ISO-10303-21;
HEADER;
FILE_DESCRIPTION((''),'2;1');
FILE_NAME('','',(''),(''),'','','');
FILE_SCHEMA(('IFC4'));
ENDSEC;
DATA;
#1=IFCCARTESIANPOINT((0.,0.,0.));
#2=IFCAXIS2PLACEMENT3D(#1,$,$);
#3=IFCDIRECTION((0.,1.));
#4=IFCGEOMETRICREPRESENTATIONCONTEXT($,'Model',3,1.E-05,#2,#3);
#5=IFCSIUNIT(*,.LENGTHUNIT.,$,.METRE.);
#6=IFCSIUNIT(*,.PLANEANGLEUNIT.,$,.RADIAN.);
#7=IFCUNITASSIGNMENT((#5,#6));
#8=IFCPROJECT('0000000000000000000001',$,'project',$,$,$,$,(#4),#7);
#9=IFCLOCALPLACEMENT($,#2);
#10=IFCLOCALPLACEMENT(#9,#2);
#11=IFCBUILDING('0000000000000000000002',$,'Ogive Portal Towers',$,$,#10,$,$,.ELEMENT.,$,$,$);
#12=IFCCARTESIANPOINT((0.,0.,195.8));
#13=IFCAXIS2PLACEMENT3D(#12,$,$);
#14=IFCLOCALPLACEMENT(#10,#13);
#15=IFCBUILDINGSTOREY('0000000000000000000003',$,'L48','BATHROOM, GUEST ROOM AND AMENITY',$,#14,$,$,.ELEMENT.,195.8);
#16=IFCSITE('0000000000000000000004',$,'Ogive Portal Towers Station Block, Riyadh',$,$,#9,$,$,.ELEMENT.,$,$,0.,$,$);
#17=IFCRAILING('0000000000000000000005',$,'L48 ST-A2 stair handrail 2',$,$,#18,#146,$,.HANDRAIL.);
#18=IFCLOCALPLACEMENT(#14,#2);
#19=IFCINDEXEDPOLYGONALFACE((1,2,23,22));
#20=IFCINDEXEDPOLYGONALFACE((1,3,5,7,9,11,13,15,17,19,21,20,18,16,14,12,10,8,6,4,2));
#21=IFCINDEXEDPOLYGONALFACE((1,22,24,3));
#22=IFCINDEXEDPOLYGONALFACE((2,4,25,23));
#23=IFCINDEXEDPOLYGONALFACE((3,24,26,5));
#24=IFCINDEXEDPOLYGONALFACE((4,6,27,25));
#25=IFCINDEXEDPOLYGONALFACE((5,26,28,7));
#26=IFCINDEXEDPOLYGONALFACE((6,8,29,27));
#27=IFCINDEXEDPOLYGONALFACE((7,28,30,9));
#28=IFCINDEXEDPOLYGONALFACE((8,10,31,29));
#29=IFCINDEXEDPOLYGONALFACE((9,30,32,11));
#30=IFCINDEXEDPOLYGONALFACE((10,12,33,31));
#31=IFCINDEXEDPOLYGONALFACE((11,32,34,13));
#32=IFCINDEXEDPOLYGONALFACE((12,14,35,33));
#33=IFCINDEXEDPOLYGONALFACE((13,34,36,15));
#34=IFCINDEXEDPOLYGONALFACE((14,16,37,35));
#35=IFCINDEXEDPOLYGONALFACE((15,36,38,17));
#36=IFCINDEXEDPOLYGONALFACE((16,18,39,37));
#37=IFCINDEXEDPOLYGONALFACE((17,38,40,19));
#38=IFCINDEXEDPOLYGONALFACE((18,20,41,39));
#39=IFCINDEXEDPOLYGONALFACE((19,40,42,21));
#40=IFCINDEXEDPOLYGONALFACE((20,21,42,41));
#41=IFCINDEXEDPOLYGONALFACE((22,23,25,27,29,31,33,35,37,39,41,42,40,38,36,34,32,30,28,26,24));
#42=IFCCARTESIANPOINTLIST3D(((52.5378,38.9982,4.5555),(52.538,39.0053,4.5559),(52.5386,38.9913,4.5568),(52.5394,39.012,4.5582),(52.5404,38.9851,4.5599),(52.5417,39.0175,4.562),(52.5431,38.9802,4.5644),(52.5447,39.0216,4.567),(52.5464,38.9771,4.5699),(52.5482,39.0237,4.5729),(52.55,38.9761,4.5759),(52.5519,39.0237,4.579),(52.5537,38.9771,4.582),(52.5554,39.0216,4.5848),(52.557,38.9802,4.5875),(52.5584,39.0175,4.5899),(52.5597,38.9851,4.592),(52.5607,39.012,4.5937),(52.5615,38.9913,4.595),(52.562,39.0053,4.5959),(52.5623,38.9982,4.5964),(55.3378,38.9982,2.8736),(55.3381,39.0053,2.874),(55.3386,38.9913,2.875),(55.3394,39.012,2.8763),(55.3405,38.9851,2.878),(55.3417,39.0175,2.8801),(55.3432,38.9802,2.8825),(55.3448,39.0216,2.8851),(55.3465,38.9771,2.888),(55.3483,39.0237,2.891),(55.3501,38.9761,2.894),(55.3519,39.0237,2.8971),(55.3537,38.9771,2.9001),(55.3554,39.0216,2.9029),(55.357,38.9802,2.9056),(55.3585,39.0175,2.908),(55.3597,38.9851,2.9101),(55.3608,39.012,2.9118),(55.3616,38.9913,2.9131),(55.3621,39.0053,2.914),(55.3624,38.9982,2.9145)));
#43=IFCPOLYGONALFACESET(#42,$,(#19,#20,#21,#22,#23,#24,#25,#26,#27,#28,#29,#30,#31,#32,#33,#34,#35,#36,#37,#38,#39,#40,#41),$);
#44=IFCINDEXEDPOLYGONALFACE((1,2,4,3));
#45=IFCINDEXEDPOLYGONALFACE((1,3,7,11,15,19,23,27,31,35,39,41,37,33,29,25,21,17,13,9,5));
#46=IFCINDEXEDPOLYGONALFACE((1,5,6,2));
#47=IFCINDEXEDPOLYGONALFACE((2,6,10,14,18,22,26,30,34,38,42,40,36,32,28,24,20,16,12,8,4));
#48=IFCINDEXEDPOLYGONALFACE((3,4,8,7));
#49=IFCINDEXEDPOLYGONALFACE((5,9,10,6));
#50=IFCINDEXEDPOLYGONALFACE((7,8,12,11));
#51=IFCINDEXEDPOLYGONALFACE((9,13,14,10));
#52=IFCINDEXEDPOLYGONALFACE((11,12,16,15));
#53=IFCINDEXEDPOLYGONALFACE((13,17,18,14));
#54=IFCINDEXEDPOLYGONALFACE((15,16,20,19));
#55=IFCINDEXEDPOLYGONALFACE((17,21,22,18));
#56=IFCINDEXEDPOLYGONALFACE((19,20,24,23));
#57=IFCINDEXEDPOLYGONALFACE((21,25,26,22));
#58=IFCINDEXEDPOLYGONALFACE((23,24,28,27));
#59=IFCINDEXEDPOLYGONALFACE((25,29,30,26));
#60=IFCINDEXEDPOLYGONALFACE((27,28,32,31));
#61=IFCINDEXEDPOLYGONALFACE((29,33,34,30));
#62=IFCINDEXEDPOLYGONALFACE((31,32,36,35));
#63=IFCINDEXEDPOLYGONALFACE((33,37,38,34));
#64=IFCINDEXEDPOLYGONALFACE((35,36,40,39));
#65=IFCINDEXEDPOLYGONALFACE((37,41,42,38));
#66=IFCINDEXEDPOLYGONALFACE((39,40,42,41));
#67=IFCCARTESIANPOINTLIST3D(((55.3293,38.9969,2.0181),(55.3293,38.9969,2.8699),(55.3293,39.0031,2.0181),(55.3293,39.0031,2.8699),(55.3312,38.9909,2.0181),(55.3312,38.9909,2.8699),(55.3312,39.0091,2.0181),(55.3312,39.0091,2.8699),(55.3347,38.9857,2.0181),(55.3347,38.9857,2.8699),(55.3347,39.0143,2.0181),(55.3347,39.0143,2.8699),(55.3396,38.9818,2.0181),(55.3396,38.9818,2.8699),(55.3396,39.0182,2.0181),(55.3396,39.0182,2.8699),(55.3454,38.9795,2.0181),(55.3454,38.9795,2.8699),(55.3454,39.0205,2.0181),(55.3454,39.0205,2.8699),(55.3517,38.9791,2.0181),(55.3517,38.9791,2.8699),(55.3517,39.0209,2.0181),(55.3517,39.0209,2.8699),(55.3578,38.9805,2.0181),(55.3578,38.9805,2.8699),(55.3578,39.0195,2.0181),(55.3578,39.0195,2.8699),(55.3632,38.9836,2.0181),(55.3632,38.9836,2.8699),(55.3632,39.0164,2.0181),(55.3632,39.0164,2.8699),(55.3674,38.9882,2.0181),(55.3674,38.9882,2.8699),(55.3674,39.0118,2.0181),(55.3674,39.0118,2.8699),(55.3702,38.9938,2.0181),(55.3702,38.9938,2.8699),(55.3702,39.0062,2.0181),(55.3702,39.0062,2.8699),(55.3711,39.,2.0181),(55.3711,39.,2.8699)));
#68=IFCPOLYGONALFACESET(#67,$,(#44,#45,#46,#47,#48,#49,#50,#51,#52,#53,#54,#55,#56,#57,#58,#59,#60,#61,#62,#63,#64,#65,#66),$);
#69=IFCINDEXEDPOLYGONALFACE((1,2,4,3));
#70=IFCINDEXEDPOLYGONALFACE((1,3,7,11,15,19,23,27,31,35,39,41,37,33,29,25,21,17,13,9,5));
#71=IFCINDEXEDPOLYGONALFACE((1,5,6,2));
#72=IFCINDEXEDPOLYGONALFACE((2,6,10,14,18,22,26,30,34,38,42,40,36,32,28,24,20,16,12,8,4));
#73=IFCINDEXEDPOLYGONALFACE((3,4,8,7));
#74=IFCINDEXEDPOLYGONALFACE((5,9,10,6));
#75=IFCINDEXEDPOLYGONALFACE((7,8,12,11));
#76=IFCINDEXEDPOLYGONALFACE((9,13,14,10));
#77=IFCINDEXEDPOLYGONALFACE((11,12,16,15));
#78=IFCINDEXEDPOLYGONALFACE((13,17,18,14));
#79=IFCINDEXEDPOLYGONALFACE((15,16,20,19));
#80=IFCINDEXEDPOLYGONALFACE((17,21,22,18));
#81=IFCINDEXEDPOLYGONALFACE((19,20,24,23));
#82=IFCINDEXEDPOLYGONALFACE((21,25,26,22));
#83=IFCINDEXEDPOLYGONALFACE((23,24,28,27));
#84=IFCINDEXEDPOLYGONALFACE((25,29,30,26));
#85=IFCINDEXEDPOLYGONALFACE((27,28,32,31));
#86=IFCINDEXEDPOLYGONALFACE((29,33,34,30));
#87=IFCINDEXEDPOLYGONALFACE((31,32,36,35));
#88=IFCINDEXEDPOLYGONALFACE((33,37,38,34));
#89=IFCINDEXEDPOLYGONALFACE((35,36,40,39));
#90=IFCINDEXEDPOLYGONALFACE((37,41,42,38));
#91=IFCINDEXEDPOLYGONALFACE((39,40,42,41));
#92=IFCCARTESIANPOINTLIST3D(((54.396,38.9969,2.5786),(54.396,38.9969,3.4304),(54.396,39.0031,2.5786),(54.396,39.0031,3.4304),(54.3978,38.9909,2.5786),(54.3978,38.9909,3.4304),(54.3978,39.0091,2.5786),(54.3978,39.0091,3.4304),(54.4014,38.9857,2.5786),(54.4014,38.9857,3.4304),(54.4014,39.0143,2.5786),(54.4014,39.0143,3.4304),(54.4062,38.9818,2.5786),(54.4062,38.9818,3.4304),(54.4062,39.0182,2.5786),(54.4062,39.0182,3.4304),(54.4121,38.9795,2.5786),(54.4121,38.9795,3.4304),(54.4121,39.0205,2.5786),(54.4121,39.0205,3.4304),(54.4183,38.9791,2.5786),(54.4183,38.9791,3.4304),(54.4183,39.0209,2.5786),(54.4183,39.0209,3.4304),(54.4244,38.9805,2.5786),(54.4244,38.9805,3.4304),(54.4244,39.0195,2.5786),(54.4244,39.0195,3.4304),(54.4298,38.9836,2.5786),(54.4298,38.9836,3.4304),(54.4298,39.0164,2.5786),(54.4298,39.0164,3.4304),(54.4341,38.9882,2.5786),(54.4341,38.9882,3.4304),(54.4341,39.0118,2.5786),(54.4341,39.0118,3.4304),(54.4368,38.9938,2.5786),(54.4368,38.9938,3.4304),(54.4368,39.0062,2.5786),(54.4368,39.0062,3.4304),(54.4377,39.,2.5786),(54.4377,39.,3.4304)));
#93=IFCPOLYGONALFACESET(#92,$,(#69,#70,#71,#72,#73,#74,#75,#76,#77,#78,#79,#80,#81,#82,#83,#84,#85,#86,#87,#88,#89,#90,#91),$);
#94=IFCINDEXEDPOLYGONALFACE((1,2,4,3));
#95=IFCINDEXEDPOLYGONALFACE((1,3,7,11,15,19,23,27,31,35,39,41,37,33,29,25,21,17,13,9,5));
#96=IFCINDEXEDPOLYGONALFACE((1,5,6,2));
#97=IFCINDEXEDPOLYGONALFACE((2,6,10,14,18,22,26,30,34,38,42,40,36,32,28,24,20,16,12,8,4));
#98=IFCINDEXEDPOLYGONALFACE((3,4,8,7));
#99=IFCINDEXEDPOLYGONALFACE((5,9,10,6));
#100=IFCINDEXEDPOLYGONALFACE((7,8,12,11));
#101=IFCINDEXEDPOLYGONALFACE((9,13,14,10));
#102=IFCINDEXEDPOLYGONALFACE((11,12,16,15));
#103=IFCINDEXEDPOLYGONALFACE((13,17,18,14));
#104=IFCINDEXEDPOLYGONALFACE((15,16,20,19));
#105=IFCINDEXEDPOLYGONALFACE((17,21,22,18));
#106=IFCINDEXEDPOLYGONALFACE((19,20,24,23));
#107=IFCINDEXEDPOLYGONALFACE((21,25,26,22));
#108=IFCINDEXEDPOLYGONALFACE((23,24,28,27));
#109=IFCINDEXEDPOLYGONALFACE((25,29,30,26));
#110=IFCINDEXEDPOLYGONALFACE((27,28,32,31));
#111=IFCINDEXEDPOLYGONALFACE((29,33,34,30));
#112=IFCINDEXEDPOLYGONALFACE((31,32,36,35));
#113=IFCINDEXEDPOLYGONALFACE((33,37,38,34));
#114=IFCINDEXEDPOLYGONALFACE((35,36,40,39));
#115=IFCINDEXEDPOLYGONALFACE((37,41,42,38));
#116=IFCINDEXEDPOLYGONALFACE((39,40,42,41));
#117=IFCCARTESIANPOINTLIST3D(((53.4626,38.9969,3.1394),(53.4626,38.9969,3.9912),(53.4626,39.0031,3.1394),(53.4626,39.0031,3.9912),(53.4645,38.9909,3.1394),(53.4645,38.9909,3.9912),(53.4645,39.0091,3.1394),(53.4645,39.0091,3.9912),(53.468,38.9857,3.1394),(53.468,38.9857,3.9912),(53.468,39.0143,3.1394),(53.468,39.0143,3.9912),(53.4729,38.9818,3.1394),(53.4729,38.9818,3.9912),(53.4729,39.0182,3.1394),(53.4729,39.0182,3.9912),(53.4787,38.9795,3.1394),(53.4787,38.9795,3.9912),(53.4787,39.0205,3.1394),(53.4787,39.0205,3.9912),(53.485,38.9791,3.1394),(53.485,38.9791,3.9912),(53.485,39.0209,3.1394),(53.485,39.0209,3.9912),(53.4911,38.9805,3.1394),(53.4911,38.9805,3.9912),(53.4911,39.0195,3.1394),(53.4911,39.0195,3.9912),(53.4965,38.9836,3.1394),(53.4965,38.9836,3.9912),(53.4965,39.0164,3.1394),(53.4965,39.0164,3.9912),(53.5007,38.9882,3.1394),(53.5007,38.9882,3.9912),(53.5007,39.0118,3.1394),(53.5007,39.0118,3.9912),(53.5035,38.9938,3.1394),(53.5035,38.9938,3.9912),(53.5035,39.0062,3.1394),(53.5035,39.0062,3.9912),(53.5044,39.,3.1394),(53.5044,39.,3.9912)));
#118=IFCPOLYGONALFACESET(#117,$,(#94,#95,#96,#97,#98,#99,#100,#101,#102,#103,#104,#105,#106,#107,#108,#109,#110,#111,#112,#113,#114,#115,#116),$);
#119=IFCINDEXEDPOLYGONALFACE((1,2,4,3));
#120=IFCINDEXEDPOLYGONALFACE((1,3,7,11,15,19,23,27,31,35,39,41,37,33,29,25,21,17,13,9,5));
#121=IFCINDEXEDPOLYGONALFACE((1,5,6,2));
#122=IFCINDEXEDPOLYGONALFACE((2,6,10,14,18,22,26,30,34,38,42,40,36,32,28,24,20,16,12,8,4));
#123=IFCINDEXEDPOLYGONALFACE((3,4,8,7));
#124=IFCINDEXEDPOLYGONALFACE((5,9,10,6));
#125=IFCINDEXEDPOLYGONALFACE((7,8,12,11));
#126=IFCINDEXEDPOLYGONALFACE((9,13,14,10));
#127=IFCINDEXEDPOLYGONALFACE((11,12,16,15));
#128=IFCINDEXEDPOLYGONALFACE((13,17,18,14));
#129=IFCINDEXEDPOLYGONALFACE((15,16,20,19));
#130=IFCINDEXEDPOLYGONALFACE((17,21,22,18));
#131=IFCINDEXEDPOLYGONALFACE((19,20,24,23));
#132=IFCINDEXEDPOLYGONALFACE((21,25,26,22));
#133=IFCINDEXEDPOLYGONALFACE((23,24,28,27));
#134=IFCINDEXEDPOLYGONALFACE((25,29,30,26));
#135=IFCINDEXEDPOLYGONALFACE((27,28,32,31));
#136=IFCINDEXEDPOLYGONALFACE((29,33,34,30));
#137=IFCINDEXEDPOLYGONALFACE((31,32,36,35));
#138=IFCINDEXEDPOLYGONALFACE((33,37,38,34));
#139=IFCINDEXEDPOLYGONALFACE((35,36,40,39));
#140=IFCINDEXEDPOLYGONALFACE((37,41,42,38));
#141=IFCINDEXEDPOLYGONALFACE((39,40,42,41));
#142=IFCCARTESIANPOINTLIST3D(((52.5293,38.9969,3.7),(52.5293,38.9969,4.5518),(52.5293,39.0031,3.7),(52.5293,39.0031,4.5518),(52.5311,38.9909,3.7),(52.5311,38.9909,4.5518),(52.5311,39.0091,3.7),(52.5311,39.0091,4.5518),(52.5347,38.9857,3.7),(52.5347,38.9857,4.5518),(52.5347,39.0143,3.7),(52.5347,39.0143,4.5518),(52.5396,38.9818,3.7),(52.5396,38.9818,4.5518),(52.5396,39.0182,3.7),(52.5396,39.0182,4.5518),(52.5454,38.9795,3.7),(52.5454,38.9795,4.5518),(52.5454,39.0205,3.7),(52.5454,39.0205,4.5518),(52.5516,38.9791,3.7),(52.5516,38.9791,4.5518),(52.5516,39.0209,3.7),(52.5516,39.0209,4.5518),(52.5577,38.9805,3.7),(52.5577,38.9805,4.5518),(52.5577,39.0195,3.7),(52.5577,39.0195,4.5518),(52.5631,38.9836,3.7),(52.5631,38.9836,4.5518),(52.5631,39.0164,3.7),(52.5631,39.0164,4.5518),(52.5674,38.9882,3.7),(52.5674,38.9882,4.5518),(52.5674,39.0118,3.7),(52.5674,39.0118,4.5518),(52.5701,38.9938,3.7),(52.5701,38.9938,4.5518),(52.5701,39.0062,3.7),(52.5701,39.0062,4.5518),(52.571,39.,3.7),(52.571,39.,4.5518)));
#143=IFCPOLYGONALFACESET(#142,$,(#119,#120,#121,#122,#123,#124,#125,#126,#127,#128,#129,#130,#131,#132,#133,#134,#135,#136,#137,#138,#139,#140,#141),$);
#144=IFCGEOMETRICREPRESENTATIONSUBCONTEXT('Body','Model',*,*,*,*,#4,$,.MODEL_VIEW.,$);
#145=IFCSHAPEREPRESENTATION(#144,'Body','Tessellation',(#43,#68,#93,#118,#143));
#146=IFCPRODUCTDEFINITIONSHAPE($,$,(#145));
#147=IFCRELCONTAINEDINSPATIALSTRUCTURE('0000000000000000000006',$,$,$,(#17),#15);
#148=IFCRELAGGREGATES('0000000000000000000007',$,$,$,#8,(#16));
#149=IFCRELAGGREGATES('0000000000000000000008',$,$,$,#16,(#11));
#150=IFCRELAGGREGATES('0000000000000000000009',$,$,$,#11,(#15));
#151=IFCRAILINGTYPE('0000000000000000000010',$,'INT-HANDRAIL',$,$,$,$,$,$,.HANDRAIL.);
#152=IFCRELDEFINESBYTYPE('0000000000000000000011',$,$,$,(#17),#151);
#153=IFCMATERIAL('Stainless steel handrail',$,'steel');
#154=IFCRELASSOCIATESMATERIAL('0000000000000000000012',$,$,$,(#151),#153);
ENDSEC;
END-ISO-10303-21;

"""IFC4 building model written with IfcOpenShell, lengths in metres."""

from ifc_helpers import new_model, si_unit, direction, frame, origin, origin_2d, place, context, subcontext, project, spatial, circle, extrude, material, type_object, element, save


model = new_model("IFC4")

# Units and contexts
model_context = context("Model", 3, precision=1e-05, world=origin(), true_north=direction((0.0, 1.0)))
body_context = subcontext(model_context, "Body", "Model", "MODEL_VIEW")
ifc_project = project(units=[si_unit("LENGTHUNIT", "METRE"), si_unit("PLANEANGLEUNIT", "RADIAN")], contexts=[model_context])

# Site, building, storey
site_placement = place(None, origin())
site = spatial("IfcSite", under=ifc_project, at=site_placement, Name="Ogive Portal Towers Station Block, Riyadh", CompositionType="ELEMENT", RefElevation=0.0)
building_placement = place(site_placement, origin())
building = spatial("IfcBuilding", under=site, at=building_placement, Name="Ogive Portal Towers", CompositionType="ELEMENT")
storey_placement = place(building_placement, frame((0.0, 0.0, 195.8)))
storey = spatial("IfcBuildingStorey", under=building, at=storey_placement, Name="L48", Description="BATHROOM, GUEST ROOM AND AMENITY", CompositionType="ELEMENT", Elevation=195.8)

# Railing
ifc_material_1 = material(Name="Stainless steel handrail", Category="steel")
railing_type_1 = type_object("IfcRailingType", Name="INT-HANDRAIL", PredefinedType="HANDRAIL", material=ifc_material_1)
railing_1_placement = place(storey_placement, frame((55.3501, 39.0, 2.0181)))
element("IfcRailing", 1, at=railing_1_placement, inside=storey, type_object=railing_type_1, Name="L48 ST-A2 stair handrail 2", PredefinedType="HANDRAIL", context=body_context, shape_type="SweptSolid", body=[
    extrude(circle(Radius=0.0239, at=origin_2d()), frame((0.0, 0.0, 0.876), z_axis=(-0.857242, 0.0, 0.514913), x_axis=(0.0, -1.0, 0.0)), (0.0, 0.0, 1.0), 3.2664),
    extrude(circle(Radius=0.021, at=origin_2d()), origin(), (0.0, 0.0, 1.0), 0.8518),
    extrude(circle(Radius=0.021, at=origin_2d()), frame((-0.9333, 0.0, 0.5605)), (0.0, 0.0, 1.0), 0.8518),
    extrude(circle(Radius=0.021, at=origin_2d()), frame((-1.8667, 0.0, 1.1213)), (0.0, 0.0, 1.0), 0.8518),
    extrude(circle(Radius=0.021, at=origin_2d()), frame((-2.8, 0.0, 1.6819)), (0.0, 0.0, 1.0), 0.8518),
])

save(model, "model.ifc")
